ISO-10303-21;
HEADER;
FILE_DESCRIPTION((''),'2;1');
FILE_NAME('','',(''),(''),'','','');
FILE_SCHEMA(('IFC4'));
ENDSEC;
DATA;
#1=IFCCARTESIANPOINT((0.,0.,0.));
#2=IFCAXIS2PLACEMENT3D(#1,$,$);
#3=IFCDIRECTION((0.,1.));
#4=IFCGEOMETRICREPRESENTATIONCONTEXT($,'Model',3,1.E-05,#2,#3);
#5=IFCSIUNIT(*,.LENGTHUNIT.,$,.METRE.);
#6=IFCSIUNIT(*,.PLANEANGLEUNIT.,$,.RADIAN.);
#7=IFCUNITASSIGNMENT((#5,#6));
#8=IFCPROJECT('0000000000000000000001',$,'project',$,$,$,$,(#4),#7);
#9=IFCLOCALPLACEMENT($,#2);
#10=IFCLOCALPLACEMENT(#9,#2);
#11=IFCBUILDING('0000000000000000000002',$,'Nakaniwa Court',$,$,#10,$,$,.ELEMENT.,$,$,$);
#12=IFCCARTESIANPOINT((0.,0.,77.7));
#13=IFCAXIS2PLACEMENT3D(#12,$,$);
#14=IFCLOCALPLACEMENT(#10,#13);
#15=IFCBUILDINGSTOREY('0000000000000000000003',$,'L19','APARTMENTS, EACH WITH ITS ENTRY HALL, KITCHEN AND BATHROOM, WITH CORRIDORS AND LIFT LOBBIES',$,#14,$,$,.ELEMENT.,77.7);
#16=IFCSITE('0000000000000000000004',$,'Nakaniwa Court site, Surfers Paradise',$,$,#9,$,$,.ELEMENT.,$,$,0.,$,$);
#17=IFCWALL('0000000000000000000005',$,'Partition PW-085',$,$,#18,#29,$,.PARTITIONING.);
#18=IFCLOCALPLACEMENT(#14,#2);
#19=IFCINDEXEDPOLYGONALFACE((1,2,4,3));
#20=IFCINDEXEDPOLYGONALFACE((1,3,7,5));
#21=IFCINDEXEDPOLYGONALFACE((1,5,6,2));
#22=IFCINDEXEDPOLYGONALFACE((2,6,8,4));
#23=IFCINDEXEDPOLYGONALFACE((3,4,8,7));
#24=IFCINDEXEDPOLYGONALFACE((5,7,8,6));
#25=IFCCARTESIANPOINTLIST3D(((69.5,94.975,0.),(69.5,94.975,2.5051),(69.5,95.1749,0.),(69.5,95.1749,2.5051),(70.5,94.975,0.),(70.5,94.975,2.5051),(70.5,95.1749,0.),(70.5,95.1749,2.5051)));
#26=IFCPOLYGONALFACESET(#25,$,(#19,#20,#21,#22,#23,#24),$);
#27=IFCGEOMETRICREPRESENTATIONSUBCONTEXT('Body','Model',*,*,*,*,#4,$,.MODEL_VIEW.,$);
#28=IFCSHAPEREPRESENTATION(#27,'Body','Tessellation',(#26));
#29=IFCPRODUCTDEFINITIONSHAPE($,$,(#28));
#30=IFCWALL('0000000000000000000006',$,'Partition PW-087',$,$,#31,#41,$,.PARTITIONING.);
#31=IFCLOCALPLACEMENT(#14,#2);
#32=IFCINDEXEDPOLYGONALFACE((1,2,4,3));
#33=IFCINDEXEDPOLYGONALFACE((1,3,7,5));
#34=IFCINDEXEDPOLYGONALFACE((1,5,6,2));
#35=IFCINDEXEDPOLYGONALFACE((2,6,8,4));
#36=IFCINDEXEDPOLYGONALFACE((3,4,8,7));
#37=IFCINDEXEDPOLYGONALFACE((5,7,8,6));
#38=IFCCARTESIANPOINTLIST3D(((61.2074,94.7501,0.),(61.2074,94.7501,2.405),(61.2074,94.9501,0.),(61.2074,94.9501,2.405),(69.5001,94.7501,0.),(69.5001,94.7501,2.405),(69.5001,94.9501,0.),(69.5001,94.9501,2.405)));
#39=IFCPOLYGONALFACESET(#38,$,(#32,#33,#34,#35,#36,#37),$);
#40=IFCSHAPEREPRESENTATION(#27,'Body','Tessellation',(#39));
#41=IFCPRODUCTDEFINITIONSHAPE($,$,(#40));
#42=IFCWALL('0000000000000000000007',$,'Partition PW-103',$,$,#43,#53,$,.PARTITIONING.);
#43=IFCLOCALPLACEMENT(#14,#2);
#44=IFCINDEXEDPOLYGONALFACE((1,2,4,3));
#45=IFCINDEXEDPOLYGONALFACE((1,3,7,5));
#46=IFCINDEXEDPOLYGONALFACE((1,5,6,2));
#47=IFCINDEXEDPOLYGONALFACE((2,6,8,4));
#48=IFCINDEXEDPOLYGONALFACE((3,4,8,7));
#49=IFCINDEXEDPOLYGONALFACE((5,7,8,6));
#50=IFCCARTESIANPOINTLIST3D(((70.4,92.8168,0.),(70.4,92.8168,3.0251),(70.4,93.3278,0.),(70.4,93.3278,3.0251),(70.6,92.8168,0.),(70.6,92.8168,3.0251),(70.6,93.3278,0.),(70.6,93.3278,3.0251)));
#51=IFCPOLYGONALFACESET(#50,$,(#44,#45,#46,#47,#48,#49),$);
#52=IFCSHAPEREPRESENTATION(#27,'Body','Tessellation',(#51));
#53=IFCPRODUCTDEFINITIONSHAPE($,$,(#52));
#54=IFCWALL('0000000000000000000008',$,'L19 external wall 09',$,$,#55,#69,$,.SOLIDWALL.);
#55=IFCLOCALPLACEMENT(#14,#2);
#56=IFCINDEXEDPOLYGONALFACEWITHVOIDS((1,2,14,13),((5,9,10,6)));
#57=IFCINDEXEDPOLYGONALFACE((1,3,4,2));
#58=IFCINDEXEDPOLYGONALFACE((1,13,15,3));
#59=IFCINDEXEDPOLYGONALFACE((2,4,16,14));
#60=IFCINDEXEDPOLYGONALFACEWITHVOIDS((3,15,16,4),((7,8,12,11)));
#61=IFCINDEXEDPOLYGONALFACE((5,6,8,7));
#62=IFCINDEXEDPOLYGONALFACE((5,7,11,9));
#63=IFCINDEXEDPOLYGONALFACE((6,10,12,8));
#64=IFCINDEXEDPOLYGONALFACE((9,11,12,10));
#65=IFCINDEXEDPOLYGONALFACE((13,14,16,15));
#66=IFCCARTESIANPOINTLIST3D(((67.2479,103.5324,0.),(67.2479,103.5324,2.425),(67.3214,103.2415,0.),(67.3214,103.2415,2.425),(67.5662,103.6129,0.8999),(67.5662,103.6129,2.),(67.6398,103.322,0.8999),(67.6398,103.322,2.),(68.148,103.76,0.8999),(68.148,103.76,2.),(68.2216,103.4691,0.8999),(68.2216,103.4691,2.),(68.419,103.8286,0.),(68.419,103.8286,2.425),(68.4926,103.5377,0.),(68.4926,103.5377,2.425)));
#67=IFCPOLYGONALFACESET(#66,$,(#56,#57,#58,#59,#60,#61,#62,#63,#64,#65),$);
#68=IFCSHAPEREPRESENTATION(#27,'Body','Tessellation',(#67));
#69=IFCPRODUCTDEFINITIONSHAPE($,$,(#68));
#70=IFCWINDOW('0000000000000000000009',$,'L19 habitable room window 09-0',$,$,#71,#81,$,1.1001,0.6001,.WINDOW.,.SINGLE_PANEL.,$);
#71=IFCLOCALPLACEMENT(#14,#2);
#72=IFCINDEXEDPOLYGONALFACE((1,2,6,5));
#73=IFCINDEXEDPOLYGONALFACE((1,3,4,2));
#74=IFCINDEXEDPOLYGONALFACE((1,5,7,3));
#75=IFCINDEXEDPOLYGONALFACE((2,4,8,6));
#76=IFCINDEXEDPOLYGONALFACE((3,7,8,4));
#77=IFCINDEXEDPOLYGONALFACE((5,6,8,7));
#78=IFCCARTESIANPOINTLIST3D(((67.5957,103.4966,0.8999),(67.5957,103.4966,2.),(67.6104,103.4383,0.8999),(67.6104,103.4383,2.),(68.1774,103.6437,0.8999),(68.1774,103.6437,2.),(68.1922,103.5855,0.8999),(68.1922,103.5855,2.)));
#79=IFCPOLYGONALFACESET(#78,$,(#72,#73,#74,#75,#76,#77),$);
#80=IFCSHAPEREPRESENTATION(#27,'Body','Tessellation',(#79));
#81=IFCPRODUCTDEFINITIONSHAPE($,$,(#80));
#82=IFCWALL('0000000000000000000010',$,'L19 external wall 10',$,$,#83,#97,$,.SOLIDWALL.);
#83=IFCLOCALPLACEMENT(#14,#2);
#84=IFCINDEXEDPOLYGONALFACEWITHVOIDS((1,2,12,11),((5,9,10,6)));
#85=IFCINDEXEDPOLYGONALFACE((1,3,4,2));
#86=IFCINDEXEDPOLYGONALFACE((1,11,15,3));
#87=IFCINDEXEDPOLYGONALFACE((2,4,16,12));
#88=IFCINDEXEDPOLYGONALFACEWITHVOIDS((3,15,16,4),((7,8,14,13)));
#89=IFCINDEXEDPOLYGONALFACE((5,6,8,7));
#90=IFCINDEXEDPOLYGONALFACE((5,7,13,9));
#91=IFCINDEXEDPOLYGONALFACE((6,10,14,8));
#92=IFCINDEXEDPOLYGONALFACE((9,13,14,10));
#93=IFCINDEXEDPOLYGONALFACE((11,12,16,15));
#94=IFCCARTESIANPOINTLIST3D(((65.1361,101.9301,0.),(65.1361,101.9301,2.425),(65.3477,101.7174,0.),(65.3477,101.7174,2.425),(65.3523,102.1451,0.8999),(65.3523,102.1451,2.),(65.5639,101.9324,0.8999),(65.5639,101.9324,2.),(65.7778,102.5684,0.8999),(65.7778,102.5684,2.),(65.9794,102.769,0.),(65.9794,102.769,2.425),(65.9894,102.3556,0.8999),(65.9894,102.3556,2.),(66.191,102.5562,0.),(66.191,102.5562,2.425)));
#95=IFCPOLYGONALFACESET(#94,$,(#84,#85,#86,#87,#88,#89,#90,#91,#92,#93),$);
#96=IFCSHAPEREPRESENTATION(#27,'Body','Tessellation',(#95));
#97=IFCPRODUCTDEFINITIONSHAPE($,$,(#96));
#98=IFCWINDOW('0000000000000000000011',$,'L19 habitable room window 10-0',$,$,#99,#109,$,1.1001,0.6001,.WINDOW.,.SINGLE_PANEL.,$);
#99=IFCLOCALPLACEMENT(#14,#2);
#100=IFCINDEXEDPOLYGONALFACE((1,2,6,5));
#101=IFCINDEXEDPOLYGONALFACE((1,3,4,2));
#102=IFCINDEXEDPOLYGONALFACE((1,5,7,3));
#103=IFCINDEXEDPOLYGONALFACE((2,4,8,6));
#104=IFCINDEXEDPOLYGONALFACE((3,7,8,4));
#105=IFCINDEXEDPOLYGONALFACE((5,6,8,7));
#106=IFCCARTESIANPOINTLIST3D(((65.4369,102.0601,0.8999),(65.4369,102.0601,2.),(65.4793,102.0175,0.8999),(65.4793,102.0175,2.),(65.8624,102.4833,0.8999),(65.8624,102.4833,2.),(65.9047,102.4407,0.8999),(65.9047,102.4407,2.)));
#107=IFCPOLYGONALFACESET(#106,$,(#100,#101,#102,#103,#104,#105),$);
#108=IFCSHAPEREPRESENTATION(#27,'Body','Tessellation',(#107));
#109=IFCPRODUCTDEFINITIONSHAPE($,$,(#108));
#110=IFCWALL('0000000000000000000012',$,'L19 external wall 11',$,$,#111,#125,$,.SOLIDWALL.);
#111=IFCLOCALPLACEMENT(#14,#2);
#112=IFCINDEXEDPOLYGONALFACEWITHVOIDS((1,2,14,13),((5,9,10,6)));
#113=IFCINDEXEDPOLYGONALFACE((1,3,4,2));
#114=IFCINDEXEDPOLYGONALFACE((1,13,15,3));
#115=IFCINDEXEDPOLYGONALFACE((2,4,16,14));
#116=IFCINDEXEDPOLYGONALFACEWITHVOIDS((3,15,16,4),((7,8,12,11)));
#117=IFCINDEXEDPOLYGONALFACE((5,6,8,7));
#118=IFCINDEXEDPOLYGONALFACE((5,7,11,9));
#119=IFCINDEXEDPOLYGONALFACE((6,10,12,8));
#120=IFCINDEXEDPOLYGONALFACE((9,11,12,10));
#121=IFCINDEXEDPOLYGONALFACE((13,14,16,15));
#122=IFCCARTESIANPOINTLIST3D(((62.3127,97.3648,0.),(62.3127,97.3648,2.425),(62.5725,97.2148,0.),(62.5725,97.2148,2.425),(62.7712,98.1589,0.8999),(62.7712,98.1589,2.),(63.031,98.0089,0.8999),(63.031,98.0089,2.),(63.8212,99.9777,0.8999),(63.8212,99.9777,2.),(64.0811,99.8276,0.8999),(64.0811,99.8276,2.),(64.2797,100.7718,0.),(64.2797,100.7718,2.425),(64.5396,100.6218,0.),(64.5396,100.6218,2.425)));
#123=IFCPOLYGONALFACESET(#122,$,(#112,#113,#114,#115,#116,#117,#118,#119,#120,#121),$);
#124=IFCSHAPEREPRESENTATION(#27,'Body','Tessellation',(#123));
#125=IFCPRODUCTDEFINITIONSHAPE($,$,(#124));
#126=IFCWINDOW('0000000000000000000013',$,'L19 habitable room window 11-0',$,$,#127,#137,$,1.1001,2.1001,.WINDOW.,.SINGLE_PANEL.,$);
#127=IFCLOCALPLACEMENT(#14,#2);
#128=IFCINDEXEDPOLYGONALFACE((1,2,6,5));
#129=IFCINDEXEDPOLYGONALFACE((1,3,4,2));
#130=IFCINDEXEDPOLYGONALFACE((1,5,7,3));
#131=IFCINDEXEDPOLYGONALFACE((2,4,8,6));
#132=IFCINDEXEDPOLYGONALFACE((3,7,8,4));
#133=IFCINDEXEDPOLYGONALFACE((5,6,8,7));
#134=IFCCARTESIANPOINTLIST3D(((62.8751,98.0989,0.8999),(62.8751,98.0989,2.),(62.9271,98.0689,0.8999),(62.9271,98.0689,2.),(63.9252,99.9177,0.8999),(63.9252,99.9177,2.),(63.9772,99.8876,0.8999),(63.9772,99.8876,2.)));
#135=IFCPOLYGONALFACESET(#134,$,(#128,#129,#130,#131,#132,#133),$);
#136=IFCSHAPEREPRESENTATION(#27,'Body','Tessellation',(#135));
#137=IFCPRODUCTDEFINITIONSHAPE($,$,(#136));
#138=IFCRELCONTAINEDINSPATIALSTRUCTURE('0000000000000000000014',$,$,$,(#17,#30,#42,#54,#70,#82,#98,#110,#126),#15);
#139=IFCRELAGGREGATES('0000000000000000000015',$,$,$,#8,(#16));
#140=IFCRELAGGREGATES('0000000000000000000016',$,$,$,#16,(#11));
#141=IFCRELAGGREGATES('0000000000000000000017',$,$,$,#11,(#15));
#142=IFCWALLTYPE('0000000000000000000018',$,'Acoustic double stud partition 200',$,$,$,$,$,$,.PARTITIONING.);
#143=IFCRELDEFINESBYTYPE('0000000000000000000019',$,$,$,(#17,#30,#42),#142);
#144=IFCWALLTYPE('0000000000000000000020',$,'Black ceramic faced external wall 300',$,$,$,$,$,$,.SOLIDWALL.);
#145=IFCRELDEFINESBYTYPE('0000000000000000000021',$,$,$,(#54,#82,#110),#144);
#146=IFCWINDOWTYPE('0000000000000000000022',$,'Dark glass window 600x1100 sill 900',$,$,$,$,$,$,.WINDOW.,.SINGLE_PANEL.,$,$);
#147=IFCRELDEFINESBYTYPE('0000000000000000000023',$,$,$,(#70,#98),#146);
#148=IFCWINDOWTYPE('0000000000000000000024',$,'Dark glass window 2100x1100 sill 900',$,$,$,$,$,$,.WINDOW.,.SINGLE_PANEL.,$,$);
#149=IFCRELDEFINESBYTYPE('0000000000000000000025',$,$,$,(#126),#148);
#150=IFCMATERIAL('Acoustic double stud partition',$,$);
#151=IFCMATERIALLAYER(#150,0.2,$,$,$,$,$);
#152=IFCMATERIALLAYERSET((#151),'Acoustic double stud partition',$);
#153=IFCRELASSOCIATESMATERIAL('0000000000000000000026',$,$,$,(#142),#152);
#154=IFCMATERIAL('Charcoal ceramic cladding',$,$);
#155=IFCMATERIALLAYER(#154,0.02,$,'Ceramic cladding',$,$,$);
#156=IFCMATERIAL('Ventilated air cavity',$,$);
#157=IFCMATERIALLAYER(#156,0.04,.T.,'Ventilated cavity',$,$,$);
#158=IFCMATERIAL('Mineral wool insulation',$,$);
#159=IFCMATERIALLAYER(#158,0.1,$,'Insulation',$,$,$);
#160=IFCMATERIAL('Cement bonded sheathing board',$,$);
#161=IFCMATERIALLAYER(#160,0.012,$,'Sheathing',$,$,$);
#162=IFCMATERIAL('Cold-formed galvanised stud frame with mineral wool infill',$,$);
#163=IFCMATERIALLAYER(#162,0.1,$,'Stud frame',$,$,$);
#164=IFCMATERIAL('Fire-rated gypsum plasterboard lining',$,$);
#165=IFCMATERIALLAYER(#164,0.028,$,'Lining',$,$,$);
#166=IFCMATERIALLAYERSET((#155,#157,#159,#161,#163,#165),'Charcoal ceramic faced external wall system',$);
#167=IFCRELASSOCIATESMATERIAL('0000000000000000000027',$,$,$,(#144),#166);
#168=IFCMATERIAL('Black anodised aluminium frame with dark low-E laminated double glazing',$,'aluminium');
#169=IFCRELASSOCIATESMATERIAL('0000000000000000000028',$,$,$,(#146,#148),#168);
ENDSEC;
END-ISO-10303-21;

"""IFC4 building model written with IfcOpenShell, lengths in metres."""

from ifc_helpers import new_model, si_unit, direction, frame, frame_2d, origin, place, context, subcontext, project, spatial, rectangle, extrude, material, layer, layer_set, type_object, element, fill, save


model = new_model("IFC4")

# Units and contexts
model_context = context("Model", 3, precision=1e-05, world=origin(), true_north=direction((0.0, 1.0)))
body_context = subcontext(model_context, "Body", "Model", "MODEL_VIEW")
ifc_project = project(units=[si_unit("LENGTHUNIT", "METRE"), si_unit("PLANEANGLEUNIT", "RADIAN")], contexts=[model_context])

# Site, building, storey
site_placement = place(None, origin())
site = spatial("IfcSite", under=ifc_project, at=site_placement, Name="Nakaniwa Court site, Surfers Paradise", CompositionType="ELEMENT", RefElevation=0.0)
building_placement = place(site_placement, origin())
building = spatial("IfcBuilding", under=site, at=building_placement, Name="Nakaniwa Court", CompositionType="ELEMENT")
storey_placement = place(building_placement, frame((0.0, 0.0, 77.7)))
storey = spatial("IfcBuildingStorey", under=building, at=storey_placement, Name="L19", Description="APARTMENTS, EACH WITH ITS ENTRY HALL, KITCHEN AND BATHROOM, WITH CORRIDORS AND LIFT LOBBIES", CompositionType="ELEMENT", Elevation=77.7)

# Walls
ifc_material_1 = material(Name="Acoustic double stud partition")
ifc_layer_1 = layer(ifc_material_1, 0.2)
ifc_layer_set_1 = layer_set([ifc_layer_1], Name="Acoustic double stud partition")
wall_type_1 = type_object("IfcWallType", Name="Acoustic double stud partition 200", PredefinedType="PARTITIONING", material=ifc_layer_set_1)
for number, where, z_axis, x_axis, name in (
    (1, (69.5, 95.075, 0.0), (0.0, 0.0, 1.0), (1.0, 0.0, 0.0), "Partition PW-085"),
):
    element("IfcWall", number, at=place(storey_placement, frame(where, z_axis=z_axis, x_axis=x_axis)), inside=storey, type_object=wall_type_1, Name=name, PredefinedType="PARTITIONING", context=body_context, shape_type="SweptSolid", body=[
        extrude(rectangle(XDim=1.0, YDim=0.2, at=frame_2d((0.5, 0.0))), origin(), (0.0, 0.0, 1.0), 2.5051),
    ])
wall_1_placement = place(storey_placement, frame((61.2073, 94.8501, 0.0), z_axis=(0.0, 0.0, 1.0), x_axis=(1.0, 0.0, 0.0)))
element("IfcWall", 2, at=wall_1_placement, inside=storey, type_object=wall_type_1, Name="Partition PW-087", PredefinedType="PARTITIONING", context=body_context, shape_type="SweptSolid", body=[
    extrude(rectangle(XDim=8.2927, YDim=0.2, at=frame_2d((4.1465, 0.0))), origin(), (0.0, 0.0, 1.0), 2.405),
])
wall_2_placement = place(storey_placement, frame((70.5, 92.8169, 0.0), z_axis=(0.0, 0.0, 1.0), x_axis=(0.0, 1.0, 0.0)))
element("IfcWall", 3, at=wall_2_placement, inside=storey, type_object=wall_type_1, Name="Partition PW-103", PredefinedType="PARTITIONING", context=body_context, shape_type="SweptSolid", body=[
    extrude(rectangle(XDim=0.511, YDim=0.2, at=frame_2d((0.2554, 0.0))), origin(), (0.0, 0.0, 1.0), 3.0251),
])

# Walls, openings, windows
ifc_material_2 = material(Name="Charcoal ceramic cladding")
ifc_layer_2 = layer(ifc_material_2, 0.02, Name="Ceramic cladding")
ifc_material_3 = material(Name="Ventilated air cavity")
ifc_layer_3 = layer(ifc_material_3, 0.04, ventilated=True, Name="Ventilated cavity")
ifc_material_4 = material(Name="Mineral wool insulation")
ifc_layer_4 = layer(ifc_material_4, 0.1, Name="Insulation")
ifc_material_5 = material(Name="Cement bonded sheathing board")
ifc_layer_5 = layer(ifc_material_5, 0.012, Name="Sheathing")
ifc_material_6 = material(Name="Cold-formed galvanised stud frame with mineral wool infill")
ifc_layer_6 = layer(ifc_material_6, 0.1, Name="Stud frame")
ifc_material_7 = material(Name="Fire-rated gypsum plasterboard lining")
ifc_layer_7 = layer(ifc_material_7, 0.028, Name="Lining")
ifc_layer_set_2 = layer_set([ifc_layer_2, ifc_layer_3, ifc_layer_4, ifc_layer_5, ifc_layer_6, ifc_layer_7], Name="Charcoal ceramic faced external wall system")
wall_type_2 = type_object("IfcWallType", Name="Black ceramic faced external wall 300", PredefinedType="SOLIDWALL", material=ifc_layer_set_2)
wall_3_placement = place(storey_placement, frame((68.4558, 103.6831, 0.0), z_axis=(0.0, 0.0, 1.0), x_axis=(-0.969485, -0.24515, 0.0)))
wall_3 = element("IfcWall", 4, at=wall_3_placement, inside=storey, type_object=wall_type_2, Name="L19 external wall 09", PredefinedType="SOLIDWALL", context=body_context, shape_type="SweptSolid", body=[
    extrude(rectangle(XDim=1.208, YDim=0.3, at=frame_2d((0.604, 0.0))), origin(), (0.0, 0.0, 1.0), 2.425),
])
opening_1_placement = place(wall_3_placement, frame((0.2795, 0.0, 0.8999)))
opening_1 = element("IfcOpeningElement", 5, at=opening_1_placement, cuts=wall_3, PredefinedType="OPENING", context=body_context, shape_type="SweptSolid", body=[
    extrude(rectangle(XDim=0.6001, YDim=1.1001, at=frame_2d((0.3, 0.55))), frame((0.0, 0.1599, 0.0), z_axis=(0.0, -1.0, 0.0), x_axis=(1.0, 0.0, 0.0)), (0.0, 0.0, 1.0), 0.3201),
])
ifc_material_8 = material(Name="Black anodised aluminium frame with dark low-E laminated double glazing", Category="aluminium")
window_type_1 = type_object("IfcWindowType", Name="Dark glass window 600x1100 sill 900", PartitioningType="SINGLE_PANEL", PredefinedType="WINDOW", material=ifc_material_8)
window_1_placement = place(opening_1_placement, origin())
window_1 = element("IfcWindow", 6, at=window_1_placement, inside=storey, type_object=window_type_1, Name="L19 habitable room window 09-0", OverallHeight=1.1001, OverallWidth=0.6001, PartitioningType="SINGLE_PANEL", PredefinedType="WINDOW", context=body_context, shape_type="SweptSolid", body=[
    extrude(rectangle(XDim=0.6001, YDim=1.1001, at=frame_2d((0.3, 0.55))), frame((0.0, 0.03, 0.0), z_axis=(0.0, -1.0, 0.0), x_axis=(1.0, 0.0, 0.0)), (0.0, 0.0, 1.0), 0.0601),
])
fill(opening_1, window_1)
wall_4_placement = place(storey_placement, frame((66.0852, 102.6626, 0.0), z_axis=(0.0, 0.0, 1.0), x_axis=(-0.708952, -0.705257, 0.0)))
wall_4 = element("IfcWall", 7, at=wall_4_placement, inside=storey, type_object=wall_type_2, Name="L19 external wall 10", PredefinedType="SOLIDWALL", context=body_context, shape_type="SweptSolid", body=[
    extrude(rectangle(XDim=1.1895, YDim=0.3, at=frame_2d((0.5947, 0.0))), origin(), (0.0, 0.0, 1.0), 2.425),
])
opening_2_placement = place(wall_4_placement, frame((0.2844, 0.0, 0.8999)))
opening_2 = element("IfcOpeningElement", 8, at=opening_2_placement, cuts=wall_4, PredefinedType="OPENING", context=body_context, shape_type="SweptSolid", body=[
    extrude(rectangle(XDim=0.6001, YDim=1.1001, at=frame_2d((0.3, 0.55))), frame((0.0, 0.1599, 0.0), z_axis=(0.0, -1.0, 0.0), x_axis=(1.0, 0.0, 0.0)), (0.0, 0.0, 1.0), 0.3201),
])
window_2_placement = place(opening_2_placement, origin())
window_2 = element("IfcWindow", 9, at=window_2_placement, inside=storey, type_object=window_type_1, Name="L19 habitable room window 10-0", OverallHeight=1.1001, OverallWidth=0.6001, PartitioningType="SINGLE_PANEL", PredefinedType="WINDOW", context=body_context, shape_type="SweptSolid", body=[
    extrude(rectangle(XDim=0.6001, YDim=1.1001, at=frame_2d((0.3, 0.55))), frame((0.0, 0.03, 0.0), z_axis=(0.0, -1.0, 0.0), x_axis=(1.0, 0.0, 0.0)), (0.0, 0.0, 1.0), 0.0601),
])
fill(opening_2, window_2)
wall_5_placement = place(storey_placement, frame((64.4097, 100.6968, 0.0), z_axis=(0.0, 0.0, 1.0), x_axis=(-0.500004, -0.866023, 0.0)))
wall_5 = element("IfcWall", 10, at=wall_5_placement, inside=storey, type_object=wall_type_2, Name="L19 external wall 11", PredefinedType="SOLIDWALL", context=body_context, shape_type="SweptSolid", body=[
    extrude(rectangle(XDim=3.9341, YDim=0.3, at=frame_2d((1.967, 0.0))), origin(), (0.0, 0.0, 1.0), 2.425),
])
opening_3_placement = place(wall_5_placement, frame((0.917, 0.0, 0.8999)))
opening_3 = element("IfcOpeningElement", 11, at=opening_3_placement, cuts=wall_5, PredefinedType="OPENING", context=body_context, shape_type="SweptSolid", body=[
    extrude(rectangle(XDim=2.1001, YDim=1.1001, at=frame_2d((1.05, 0.55))), frame((0.0, 0.1599, 0.0), z_axis=(0.0, -1.0, 0.0), x_axis=(1.0, 0.0, 0.0)), (0.0, 0.0, 1.0), 0.3201),
])
window_type_2 = type_object("IfcWindowType", Name="Dark glass window 2100x1100 sill 900", PartitioningType="SINGLE_PANEL", PredefinedType="WINDOW", material=ifc_material_8)
window_3_placement = place(opening_3_placement, origin())
window_3 = element("IfcWindow", 12, at=window_3_placement, inside=storey, type_object=window_type_2, Name="L19 habitable room window 11-0", OverallHeight=1.1001, OverallWidth=2.1001, PartitioningType="SINGLE_PANEL", PredefinedType="WINDOW", context=body_context, shape_type="SweptSolid", body=[
    extrude(rectangle(XDim=2.1001, YDim=1.1001, at=frame_2d((1.05, 0.55))), frame((0.0, 0.03, 0.0), z_axis=(0.0, -1.0, 0.0), x_axis=(1.0, 0.0, 0.0)), (0.0, 0.0, 1.0), 0.0601),
])
fill(opening_3, window_3)

save(model, "model.ifc")
